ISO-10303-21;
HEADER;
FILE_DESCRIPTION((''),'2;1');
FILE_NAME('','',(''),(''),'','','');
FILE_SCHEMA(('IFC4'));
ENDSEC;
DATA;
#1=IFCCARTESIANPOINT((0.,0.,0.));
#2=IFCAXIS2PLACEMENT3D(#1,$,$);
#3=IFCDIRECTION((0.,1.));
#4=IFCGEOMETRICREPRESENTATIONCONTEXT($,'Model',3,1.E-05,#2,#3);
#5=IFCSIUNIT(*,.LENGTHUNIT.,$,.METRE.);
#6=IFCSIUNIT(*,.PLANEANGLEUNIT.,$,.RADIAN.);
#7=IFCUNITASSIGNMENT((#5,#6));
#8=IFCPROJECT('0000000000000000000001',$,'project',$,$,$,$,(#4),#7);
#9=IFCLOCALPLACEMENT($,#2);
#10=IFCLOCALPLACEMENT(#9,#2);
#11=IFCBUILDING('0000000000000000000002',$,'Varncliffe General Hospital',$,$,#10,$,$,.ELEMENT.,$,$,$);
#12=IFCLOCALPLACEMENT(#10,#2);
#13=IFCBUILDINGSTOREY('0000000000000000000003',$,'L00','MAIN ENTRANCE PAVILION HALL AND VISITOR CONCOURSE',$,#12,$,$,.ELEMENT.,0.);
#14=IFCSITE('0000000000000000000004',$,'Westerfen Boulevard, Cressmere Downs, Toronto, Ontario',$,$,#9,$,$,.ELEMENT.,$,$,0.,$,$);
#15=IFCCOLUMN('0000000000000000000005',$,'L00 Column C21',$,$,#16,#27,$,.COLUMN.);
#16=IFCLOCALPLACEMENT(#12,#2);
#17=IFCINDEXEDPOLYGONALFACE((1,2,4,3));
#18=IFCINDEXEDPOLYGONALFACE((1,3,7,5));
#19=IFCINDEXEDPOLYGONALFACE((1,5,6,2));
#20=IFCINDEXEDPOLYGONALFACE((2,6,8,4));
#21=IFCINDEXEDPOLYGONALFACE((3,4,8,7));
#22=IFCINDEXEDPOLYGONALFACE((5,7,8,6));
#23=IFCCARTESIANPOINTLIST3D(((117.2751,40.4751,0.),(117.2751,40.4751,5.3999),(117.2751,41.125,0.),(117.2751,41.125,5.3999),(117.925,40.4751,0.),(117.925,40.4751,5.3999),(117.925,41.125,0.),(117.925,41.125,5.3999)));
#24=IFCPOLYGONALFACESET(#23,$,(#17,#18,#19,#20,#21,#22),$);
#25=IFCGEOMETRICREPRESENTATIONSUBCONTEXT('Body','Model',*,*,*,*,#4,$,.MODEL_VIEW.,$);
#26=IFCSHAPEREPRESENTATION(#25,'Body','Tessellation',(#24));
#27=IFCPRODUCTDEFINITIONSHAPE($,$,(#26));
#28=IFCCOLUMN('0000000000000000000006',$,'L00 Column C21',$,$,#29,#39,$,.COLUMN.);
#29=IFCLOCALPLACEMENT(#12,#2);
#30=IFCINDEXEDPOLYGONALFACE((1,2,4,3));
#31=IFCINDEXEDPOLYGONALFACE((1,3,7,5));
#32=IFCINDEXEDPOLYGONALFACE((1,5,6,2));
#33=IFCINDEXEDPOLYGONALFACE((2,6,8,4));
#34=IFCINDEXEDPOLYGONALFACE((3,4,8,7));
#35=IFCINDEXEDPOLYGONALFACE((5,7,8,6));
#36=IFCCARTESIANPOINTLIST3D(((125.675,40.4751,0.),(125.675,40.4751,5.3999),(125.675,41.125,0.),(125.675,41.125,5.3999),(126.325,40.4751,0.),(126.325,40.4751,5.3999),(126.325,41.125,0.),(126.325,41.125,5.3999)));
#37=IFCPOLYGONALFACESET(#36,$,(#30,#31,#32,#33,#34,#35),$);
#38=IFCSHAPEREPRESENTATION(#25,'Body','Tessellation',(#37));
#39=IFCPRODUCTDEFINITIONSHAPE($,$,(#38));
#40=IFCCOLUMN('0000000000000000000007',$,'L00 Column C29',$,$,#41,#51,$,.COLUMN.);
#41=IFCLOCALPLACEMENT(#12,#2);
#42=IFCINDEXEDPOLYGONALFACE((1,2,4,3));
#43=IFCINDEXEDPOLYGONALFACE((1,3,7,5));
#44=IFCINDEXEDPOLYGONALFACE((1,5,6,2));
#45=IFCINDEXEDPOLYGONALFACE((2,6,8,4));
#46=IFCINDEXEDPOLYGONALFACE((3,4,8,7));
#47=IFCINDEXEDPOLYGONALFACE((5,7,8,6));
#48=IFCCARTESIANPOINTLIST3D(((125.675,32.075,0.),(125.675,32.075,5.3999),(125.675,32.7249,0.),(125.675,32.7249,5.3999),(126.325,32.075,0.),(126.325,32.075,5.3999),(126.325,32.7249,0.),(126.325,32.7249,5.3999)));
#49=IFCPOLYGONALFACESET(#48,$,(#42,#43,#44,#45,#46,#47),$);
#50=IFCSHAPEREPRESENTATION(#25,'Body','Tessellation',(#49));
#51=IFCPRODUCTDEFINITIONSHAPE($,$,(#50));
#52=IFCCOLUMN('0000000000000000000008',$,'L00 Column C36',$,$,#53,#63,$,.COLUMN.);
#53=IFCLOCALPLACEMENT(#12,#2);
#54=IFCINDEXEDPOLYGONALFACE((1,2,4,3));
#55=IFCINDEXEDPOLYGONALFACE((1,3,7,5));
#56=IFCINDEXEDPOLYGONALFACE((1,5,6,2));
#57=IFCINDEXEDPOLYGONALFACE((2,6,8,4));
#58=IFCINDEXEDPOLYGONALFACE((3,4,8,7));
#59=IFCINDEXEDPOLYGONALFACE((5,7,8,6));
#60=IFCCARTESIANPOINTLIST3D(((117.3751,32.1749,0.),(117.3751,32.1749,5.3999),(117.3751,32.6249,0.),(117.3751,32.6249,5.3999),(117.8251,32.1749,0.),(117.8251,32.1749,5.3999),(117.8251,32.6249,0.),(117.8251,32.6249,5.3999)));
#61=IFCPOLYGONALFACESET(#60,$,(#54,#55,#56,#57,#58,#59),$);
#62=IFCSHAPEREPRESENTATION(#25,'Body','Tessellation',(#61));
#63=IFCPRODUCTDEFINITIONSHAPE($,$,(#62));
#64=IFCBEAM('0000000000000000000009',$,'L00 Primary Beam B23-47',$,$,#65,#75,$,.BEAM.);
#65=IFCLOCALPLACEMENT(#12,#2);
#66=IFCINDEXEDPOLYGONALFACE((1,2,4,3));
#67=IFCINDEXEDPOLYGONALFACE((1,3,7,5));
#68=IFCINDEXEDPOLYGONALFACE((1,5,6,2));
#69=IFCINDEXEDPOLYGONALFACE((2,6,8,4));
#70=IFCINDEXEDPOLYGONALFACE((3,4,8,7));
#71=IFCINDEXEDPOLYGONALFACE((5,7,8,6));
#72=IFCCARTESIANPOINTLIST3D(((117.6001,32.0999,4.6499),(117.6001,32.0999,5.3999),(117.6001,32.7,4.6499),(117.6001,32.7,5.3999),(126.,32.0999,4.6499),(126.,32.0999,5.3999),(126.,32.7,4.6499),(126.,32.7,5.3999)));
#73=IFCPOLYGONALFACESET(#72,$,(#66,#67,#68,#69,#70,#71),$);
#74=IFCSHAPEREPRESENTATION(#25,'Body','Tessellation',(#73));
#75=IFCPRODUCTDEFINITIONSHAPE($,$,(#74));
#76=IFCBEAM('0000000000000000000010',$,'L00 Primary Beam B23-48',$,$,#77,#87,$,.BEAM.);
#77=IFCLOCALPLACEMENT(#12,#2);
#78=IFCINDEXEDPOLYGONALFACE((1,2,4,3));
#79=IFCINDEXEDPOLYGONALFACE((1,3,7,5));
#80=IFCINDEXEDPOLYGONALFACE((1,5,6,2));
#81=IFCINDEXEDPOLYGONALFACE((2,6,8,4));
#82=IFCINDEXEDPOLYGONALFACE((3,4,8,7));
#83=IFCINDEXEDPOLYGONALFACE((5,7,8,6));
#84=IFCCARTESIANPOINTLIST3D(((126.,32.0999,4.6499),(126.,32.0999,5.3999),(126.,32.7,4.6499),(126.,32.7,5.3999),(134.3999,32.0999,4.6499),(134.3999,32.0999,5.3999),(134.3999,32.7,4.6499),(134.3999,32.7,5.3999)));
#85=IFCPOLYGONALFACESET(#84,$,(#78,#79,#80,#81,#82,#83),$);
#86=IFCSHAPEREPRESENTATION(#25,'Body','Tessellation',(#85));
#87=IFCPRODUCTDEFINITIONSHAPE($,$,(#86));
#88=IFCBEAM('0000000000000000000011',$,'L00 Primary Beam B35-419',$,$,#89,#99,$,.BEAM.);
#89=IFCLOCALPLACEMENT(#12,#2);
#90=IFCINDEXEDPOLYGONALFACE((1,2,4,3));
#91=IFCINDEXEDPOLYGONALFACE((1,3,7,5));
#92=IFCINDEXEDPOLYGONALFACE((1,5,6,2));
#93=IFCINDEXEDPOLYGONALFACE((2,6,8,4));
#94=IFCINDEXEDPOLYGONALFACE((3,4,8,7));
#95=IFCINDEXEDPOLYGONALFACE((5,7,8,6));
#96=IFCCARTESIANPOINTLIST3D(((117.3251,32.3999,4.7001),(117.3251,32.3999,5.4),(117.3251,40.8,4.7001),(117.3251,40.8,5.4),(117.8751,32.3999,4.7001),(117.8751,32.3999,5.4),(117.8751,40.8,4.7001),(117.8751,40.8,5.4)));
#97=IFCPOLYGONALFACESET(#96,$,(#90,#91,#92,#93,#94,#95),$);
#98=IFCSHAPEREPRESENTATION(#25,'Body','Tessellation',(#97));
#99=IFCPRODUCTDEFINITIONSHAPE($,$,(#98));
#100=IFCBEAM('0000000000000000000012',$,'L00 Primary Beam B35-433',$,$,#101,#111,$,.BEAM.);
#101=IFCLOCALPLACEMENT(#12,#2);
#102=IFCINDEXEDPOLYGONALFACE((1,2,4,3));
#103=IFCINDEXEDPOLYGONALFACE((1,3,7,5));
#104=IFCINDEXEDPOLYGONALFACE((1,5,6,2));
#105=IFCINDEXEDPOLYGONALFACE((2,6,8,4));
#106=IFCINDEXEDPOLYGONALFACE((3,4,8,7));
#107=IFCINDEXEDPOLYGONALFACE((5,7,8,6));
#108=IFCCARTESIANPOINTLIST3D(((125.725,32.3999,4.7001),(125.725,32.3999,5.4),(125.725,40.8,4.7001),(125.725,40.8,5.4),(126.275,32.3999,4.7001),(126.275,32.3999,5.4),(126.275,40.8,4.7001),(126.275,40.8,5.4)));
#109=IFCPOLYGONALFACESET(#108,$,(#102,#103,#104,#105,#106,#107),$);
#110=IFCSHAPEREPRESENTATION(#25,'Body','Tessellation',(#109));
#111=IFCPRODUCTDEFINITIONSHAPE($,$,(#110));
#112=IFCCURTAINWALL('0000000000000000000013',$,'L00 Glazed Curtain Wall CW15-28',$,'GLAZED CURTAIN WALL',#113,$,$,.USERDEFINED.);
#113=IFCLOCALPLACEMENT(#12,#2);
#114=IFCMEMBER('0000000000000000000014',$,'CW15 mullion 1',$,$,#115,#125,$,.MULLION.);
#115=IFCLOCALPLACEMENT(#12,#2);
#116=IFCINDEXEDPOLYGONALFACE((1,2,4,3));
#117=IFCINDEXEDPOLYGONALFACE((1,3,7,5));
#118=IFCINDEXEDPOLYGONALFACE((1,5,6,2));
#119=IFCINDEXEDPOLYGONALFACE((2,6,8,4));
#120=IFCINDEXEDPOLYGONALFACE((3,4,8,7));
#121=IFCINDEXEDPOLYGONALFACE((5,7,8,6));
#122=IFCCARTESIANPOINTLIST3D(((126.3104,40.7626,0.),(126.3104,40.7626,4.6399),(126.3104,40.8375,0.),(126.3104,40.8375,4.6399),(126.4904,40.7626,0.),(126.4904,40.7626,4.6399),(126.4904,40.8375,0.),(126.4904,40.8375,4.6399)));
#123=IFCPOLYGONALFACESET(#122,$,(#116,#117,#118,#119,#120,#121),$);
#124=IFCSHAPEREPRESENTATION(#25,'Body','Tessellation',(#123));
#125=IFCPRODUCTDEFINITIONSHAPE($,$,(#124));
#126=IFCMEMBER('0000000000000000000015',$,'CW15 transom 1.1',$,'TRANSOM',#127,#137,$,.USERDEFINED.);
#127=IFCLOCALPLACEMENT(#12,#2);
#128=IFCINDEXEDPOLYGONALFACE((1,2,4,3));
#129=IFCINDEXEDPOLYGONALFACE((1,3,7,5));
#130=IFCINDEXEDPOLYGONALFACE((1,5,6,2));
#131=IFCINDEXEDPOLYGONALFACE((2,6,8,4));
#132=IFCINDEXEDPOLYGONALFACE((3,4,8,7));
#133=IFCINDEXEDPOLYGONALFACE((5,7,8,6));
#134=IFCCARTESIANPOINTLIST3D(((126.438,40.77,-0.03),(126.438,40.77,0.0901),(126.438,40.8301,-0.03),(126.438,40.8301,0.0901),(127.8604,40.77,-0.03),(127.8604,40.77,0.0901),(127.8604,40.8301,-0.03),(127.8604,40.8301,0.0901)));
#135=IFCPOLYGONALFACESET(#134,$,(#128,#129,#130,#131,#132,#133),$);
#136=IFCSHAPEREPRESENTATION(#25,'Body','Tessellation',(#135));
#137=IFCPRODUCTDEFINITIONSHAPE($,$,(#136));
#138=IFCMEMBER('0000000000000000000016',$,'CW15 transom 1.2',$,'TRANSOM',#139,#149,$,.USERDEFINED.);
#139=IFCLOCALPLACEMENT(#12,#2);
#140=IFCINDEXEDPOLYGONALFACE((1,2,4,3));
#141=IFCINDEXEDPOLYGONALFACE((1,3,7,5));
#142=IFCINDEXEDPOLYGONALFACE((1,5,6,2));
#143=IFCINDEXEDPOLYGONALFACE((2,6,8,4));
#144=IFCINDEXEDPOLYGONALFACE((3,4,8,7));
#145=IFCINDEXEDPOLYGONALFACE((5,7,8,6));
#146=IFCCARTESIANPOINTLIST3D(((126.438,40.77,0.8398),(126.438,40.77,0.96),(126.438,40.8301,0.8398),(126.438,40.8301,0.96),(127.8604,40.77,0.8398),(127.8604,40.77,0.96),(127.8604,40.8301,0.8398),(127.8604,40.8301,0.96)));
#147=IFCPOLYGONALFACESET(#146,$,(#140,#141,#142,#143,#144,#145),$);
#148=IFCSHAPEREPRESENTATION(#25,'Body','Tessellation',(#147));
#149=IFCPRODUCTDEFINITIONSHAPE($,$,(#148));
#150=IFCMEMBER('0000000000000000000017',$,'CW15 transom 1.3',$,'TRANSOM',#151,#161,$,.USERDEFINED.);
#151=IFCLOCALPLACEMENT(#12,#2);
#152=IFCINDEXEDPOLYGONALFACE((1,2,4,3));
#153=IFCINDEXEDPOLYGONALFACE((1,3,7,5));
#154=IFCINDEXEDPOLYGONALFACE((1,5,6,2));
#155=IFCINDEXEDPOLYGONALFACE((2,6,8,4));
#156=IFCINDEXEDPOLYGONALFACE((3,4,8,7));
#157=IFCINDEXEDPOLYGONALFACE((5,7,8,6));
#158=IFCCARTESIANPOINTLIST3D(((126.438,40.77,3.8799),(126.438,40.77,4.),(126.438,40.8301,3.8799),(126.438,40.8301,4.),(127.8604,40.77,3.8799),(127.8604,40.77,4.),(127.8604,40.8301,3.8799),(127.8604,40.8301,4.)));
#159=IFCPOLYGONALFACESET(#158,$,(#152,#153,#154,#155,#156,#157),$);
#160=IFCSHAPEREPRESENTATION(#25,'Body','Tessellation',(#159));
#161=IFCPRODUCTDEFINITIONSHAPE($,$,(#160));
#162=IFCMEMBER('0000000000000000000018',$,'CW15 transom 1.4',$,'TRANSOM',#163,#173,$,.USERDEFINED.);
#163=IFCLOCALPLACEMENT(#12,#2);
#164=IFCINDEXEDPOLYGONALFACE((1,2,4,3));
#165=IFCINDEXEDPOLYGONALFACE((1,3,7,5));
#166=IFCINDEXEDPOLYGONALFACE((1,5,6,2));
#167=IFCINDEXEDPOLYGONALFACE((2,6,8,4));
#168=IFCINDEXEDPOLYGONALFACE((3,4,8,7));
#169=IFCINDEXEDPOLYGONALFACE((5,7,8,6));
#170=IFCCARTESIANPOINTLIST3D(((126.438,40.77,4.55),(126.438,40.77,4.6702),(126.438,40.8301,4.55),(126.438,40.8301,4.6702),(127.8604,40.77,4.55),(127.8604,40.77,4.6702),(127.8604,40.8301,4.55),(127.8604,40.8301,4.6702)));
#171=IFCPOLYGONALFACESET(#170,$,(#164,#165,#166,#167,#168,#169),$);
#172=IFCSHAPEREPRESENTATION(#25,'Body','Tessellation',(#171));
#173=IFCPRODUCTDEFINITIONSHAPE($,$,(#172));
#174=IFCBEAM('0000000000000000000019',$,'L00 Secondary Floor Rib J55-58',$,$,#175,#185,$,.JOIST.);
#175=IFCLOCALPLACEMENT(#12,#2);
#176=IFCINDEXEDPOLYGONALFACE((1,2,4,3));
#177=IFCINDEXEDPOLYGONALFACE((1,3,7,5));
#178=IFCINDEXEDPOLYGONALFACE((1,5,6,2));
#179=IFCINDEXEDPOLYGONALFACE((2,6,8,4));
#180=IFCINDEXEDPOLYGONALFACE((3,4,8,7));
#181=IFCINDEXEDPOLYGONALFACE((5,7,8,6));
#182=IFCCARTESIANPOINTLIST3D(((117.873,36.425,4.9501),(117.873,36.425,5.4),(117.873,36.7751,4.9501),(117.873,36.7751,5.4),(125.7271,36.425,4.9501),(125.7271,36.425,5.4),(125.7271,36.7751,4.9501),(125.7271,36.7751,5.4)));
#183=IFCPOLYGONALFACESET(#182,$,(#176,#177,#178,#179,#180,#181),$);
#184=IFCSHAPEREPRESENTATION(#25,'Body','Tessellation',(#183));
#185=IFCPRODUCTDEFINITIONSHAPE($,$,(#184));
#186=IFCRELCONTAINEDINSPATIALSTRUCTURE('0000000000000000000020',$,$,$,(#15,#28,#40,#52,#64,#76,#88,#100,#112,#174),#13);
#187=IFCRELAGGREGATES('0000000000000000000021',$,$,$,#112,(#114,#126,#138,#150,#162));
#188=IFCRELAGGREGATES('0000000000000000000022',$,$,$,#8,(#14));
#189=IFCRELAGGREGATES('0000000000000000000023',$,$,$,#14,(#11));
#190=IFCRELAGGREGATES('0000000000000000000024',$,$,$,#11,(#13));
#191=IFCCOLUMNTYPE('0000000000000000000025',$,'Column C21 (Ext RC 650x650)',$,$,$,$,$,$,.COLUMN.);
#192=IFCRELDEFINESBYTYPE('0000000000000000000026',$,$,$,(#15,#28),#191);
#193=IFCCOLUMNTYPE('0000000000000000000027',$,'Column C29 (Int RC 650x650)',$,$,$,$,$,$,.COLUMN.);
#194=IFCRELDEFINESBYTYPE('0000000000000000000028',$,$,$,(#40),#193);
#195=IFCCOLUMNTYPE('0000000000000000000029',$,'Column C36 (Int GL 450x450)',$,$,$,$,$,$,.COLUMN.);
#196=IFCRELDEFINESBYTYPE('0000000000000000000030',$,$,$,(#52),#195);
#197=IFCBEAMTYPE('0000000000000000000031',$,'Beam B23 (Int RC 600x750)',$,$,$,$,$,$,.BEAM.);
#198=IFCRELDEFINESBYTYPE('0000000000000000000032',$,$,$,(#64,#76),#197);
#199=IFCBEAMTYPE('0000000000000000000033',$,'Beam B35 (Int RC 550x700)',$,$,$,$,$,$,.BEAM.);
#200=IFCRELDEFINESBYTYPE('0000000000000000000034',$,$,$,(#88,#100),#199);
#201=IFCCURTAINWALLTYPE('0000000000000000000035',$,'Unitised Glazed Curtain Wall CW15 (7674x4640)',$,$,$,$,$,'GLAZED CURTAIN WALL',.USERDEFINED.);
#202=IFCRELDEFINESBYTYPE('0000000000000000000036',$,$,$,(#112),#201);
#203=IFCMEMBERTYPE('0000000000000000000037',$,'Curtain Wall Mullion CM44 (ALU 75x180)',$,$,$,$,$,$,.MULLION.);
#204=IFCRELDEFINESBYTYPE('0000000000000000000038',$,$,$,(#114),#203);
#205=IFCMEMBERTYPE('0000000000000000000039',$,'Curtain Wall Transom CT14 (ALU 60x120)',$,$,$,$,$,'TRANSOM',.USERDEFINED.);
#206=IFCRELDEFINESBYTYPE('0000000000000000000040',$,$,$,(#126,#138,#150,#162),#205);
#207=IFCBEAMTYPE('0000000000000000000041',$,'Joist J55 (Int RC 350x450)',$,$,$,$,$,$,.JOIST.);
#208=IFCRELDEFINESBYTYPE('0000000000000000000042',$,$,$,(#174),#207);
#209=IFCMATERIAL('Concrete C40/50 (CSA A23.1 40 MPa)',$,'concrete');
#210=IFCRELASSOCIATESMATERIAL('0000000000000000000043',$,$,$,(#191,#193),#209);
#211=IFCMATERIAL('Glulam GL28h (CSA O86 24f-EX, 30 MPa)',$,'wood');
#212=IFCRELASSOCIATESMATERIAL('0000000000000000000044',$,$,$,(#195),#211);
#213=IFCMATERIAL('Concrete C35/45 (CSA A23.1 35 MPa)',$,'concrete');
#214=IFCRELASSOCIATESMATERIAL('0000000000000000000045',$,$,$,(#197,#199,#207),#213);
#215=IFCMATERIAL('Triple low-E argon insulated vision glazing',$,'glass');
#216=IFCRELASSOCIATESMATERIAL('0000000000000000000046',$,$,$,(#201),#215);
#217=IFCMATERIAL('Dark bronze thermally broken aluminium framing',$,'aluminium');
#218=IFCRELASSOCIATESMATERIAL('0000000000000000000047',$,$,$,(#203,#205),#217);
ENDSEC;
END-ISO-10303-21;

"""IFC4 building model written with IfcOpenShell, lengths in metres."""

from ifc_helpers import new_model, si_unit, direction, frame, origin, origin_2d, place, context, subcontext, project, spatial, rectangle, extrude, material, material_profile, profile_set, type_object, element, aggregate, save


model = new_model("IFC4")

# Units and contexts
model_context = context("Model", 3, precision=1e-05, world=origin(), true_north=direction((0.0, 1.0)))
body_context = subcontext(model_context, "Body", "Model", "MODEL_VIEW")
ifc_project = project(units=[si_unit("LENGTHUNIT", "METRE"), si_unit("PLANEANGLEUNIT", "RADIAN")], contexts=[model_context])

# Site, building, storey
site_placement = place(None, origin())
site = spatial("IfcSite", under=ifc_project, at=site_placement, Name="Westerfen Boulevard, Cressmere Downs, Toronto, Ontario", CompositionType="ELEMENT", RefElevation=0.0)
building_placement = place(site_placement, origin())
building = spatial("IfcBuilding", under=site, at=building_placement, Name="Varncliffe General Hospital", CompositionType="ELEMENT")
storey_placement = place(building_placement, origin())
storey = spatial("IfcBuildingStorey", under=building, at=storey_placement, Name="L00", Description="MAIN ENTRANCE PAVILION HALL AND VISITOR CONCOURSE", CompositionType="ELEMENT", Elevation=0.0)

# Columns
ifc_material_1 = material(Name="Concrete C40/50 (CSA A23.1 40 MPa)", Category="concrete")
ifc_material_profile_1 = material_profile(ifc_material_1, rectangle(XDim=0.6499, YDim=0.6499, at=origin_2d()), Name="RC 650x650")
ifc_profile_set_1 = profile_set([ifc_material_profile_1], Name="Concrete C40/50 (CSA A23.1 40 MPa)")
column_type_1 = type_object("IfcColumnType", Name="Column C21 (Ext RC 650x650)", PredefinedType="COLUMN", material=ifc_profile_set_1)
for number, where, z_axis, x_axis, name in (
    (1, (117.6001, 40.8, 0.0), (0.0, 0.0, 1.0), (1.0, 0.0, 0.0), "L00 Column C21"),
    (2, (126.0, 40.8, 0.0), (0.0, 0.0, 1.0), (1.0, 0.0, 0.0), "L00 Column C21"),
):
    element("IfcColumn", number, at=place(storey_placement, frame(where, z_axis=z_axis, x_axis=x_axis)), inside=storey, type_object=column_type_1, Name=name, PredefinedType="COLUMN", context=body_context, shape_type="SweptSolid", body=[
        extrude(rectangle(XDim=0.6499, YDim=0.6499, at=origin_2d()), origin(), (0.0, 0.0, 1.0), 5.3999),
    ])
ifc_material_profile_2 = material_profile(ifc_material_1, rectangle(XDim=0.6499, YDim=0.6499, at=origin_2d()), Name="RC 650x650")
ifc_profile_set_2 = profile_set([ifc_material_profile_2], Name="Concrete C40/50 (CSA A23.1 40 MPa)")
column_type_2 = type_object("IfcColumnType", Name="Column C29 (Int RC 650x650)", PredefinedType="COLUMN", material=ifc_profile_set_2)
column_1_placement = place(storey_placement, frame((126.0, 32.3999, 0.0), z_axis=(0.0, 0.0, 1.0), x_axis=(1.0, 0.0, 0.0)))
element("IfcColumn", 3, at=column_1_placement, inside=storey, type_object=column_type_2, Name="L00 Column C29", PredefinedType="COLUMN", context=body_context, shape_type="SweptSolid", body=[
    extrude(rectangle(XDim=0.6499, YDim=0.6499, at=origin_2d()), origin(), (0.0, 0.0, 1.0), 5.3999),
])
ifc_material_2 = material(Name="Glulam GL28h (CSA O86 24f-EX, 30 MPa)", Category="wood")
ifc_material_profile_3 = material_profile(ifc_material_2, rectangle(XDim=0.45, YDim=0.45, at=origin_2d()), Name="GL 450x450")
ifc_profile_set_3 = profile_set([ifc_material_profile_3], Name="Glulam GL28h (CSA O86 24f-EX, 30 MPa)")
column_type_3 = type_object("IfcColumnType", Name="Column C36 (Int GL 450x450)", PredefinedType="COLUMN", material=ifc_profile_set_3)
column_2_placement = place(storey_placement, frame((117.6001, 32.3999, 0.0), z_axis=(0.0, 0.0, 1.0), x_axis=(1.0, 0.0, 0.0)))
element("IfcColumn", 4, at=column_2_placement, inside=storey, type_object=column_type_3, Name="L00 Column C36", PredefinedType="COLUMN", context=body_context, shape_type="SweptSolid", body=[
    extrude(rectangle(XDim=0.45, YDim=0.45, at=origin_2d()), origin(), (0.0, 0.0, 1.0), 5.3999),
])

# Beams
ifc_material_3 = material(Name="Concrete C35/45 (CSA A23.1 35 MPa)", Category="concrete")
ifc_material_profile_4 = material_profile(ifc_material_3, rectangle(XDim=0.6001, YDim=0.75, at=origin_2d()), Name="RC 600x750")
ifc_profile_set_4 = profile_set([ifc_material_profile_4], Name="Concrete C35/45 (CSA A23.1 35 MPa)")
beam_type_1 = type_object("IfcBeamType", Name="Beam B23 (Int RC 600x750)", PredefinedType="BEAM", material=ifc_profile_set_4)
for number, where, z_axis, x_axis, name in (
    (5, (117.6001, 32.3999, 5.0249), (1.0, 0.0, 0.0), (0.0, 1.0, 0.0), "L00 Primary Beam B23-47"),
    (6, (126.0, 32.3999, 5.0249), (1.0, 0.0, 0.0), (0.0, 1.0, 0.0), "L00 Primary Beam B23-48"),
):
    element("IfcBeam", number, at=place(storey_placement, frame(where, z_axis=z_axis, x_axis=x_axis)), inside=storey, type_object=beam_type_1, Name=name, PredefinedType="BEAM", context=body_context, shape_type="SweptSolid", body=[
        extrude(rectangle(XDim=0.6001, YDim=0.75, at=origin_2d()), origin(), (0.0, 0.0, 1.0), 8.3999),
    ])
ifc_material_profile_5 = material_profile(ifc_material_3, rectangle(XDim=0.55, YDim=0.7, at=origin_2d()), Name="RC 550x700")
ifc_profile_set_5 = profile_set([ifc_material_profile_5], Name="Concrete C35/45 (CSA A23.1 35 MPa)")
beam_type_2 = type_object("IfcBeamType", Name="Beam B35 (Int RC 550x700)", PredefinedType="BEAM", material=ifc_profile_set_5)
for number, where, z_axis, x_axis, name in (
    (7, (117.6001, 32.3999, 5.05), (0.0, 1.0, 0.0), (-1.0, 0.0, 0.0), "L00 Primary Beam B35-419"),
    (8, (126.0, 32.3999, 5.05), (0.0, 1.0, 0.0), (-1.0, 0.0, 0.0), "L00 Primary Beam B35-433"),
):
    element("IfcBeam", number, at=place(storey_placement, frame(where, z_axis=z_axis, x_axis=x_axis)), inside=storey, type_object=beam_type_2, Name=name, PredefinedType="BEAM", context=body_context, shape_type="SweptSolid", body=[
        extrude(rectangle(XDim=0.55, YDim=0.7, at=origin_2d()), origin(), (0.0, 0.0, 1.0), 8.4001),
    ])

# Curtain wall, members
ifc_material_4 = material(Name="Triple low-E argon insulated vision glazing", Category="glass")
curtain_wall_type = type_object("IfcCurtainWallType", Name="Unitised Glazed Curtain Wall CW15 (7674x4640)", ElementType="GLAZED CURTAIN WALL", PredefinedType="USERDEFINED", material=ifc_material_4)
curtain_wall_placement = place(storey_placement, origin())
curtain_wall = element("IfcCurtainWall", 9, at=curtain_wall_placement, inside=storey, type_object=curtain_wall_type, Name="L00 Glazed Curtain Wall CW15-28", ObjectType="GLAZED CURTAIN WALL", PredefinedType="USERDEFINED")
ifc_material_5 = material(Name="Dark bronze thermally broken aluminium framing", Category="aluminium")
ifc_material_profile_6 = material_profile(ifc_material_5, rectangle(XDim=0.075, YDim=0.1799, at=origin_2d()), Name="ALU 75x180")
ifc_profile_set_6 = profile_set([ifc_material_profile_6], Name="Dark bronze thermally broken aluminium framing")
member_type_1 = type_object("IfcMemberType", Name="Curtain Wall Mullion CM44 (ALU 75x180)", PredefinedType="MULLION", material=ifc_profile_set_6)
member_1_placement = place(storey_placement, frame((126.4004, 40.8, 0.0), z_axis=(0.0, 0.0, 1.0), x_axis=(0.0, 1.0, 0.0)))
member_1 = element("IfcMember", 10, at=member_1_placement, type_object=member_type_1, Name="CW15 mullion 1", PredefinedType="MULLION", context=body_context, shape_type="SweptSolid", body=[
    extrude(rectangle(XDim=0.075, YDim=0.1799, at=origin_2d()), origin(), (0.0, 0.0, 1.0), 4.6399),
])
ifc_material_profile_7 = material_profile(ifc_material_5, rectangle(XDim=0.0601, YDim=0.1201, at=origin_2d()), Name="ALU 60x120")
ifc_profile_set_7 = profile_set([ifc_material_profile_7], Name="Dark bronze thermally broken aluminium framing")
member_type_2 = type_object("IfcMemberType", Name="Curtain Wall Transom CT14 (ALU 60x120)", ElementType="TRANSOM", PredefinedType="USERDEFINED", material=ifc_profile_set_7)
member_2_placement = place(storey_placement, frame((126.438, 40.8, 0.03), z_axis=(1.0, 0.0, 0.0), x_axis=(0.0, 1.0, 0.0)))
member_2 = element("IfcMember", 11, at=member_2_placement, type_object=member_type_2, Name="CW15 transom 1.1", ObjectType="TRANSOM", PredefinedType="USERDEFINED", context=body_context, shape_type="SweptSolid", body=[
    extrude(rectangle(XDim=0.0601, YDim=0.1201, at=origin_2d()), origin(), (0.0, 0.0, 1.0), 1.4224),
])
member_3_placement = place(storey_placement, frame((126.438, 40.8, 0.8999), z_axis=(1.0, 0.0, 0.0), x_axis=(0.0, 1.0, 0.0)))
member_3 = element("IfcMember", 12, at=member_3_placement, type_object=member_type_2, Name="CW15 transom 1.2", ObjectType="TRANSOM", PredefinedType="USERDEFINED", context=body_context, shape_type="SweptSolid", body=[
    extrude(rectangle(XDim=0.0601, YDim=0.1201, at=origin_2d()), origin(), (0.0, 0.0, 1.0), 1.4224),
])
member_4_placement = place(storey_placement, frame((126.438, 40.8, 3.9399), z_axis=(1.0, 0.0, 0.0), x_axis=(0.0, 1.0, 0.0)))
member_4 = element("IfcMember", 13, at=member_4_placement, type_object=member_type_2, Name="CW15 transom 1.3", ObjectType="TRANSOM", PredefinedType="USERDEFINED", context=body_context, shape_type="SweptSolid", body=[
    extrude(rectangle(XDim=0.0601, YDim=0.1201, at=origin_2d()), origin(), (0.0, 0.0, 1.0), 1.4224),
])
member_5_placement = place(storey_placement, frame((126.438, 40.8, 4.6101), z_axis=(1.0, 0.0, 0.0), x_axis=(0.0, 1.0, 0.0)))
member_5 = element("IfcMember", 14, at=member_5_placement, type_object=member_type_2, Name="CW15 transom 1.4", ObjectType="TRANSOM", PredefinedType="USERDEFINED", context=body_context, shape_type="SweptSolid", body=[
    extrude(rectangle(XDim=0.0601, YDim=0.1201, at=origin_2d()), origin(), (0.0, 0.0, 1.0), 1.4224),
])

# Beam
ifc_material_profile_8 = material_profile(ifc_material_3, rectangle(XDim=0.3501, YDim=0.45, at=origin_2d()), Name="RC 350x450")
ifc_profile_set_8 = profile_set([ifc_material_profile_8], Name="Concrete C35/45 (CSA A23.1 35 MPa)")
beam_type_3 = type_object("IfcBeamType", Name="Joist J55 (Int RC 350x450)", PredefinedType="JOIST", material=ifc_profile_set_8)
for number, where, z_axis, x_axis, name in (
    (15, (117.873, 36.6001, 5.175), (1.0, 0.0, 0.0), (0.0, 1.0, 0.0), "L00 Secondary Floor Rib J55-58"),
):
    element("IfcBeam", number, at=place(storey_placement, frame(where, z_axis=z_axis, x_axis=x_axis)), inside=storey, type_object=beam_type_3, Name=name, PredefinedType="JOIST", context=body_context, shape_type="SweptSolid", body=[
        extrude(rectangle(XDim=0.3501, YDim=0.45, at=origin_2d()), origin(), (0.0, 0.0, 1.0), 7.854),
    ])

aggregate(curtain_wall, [member_1, member_2, member_3, member_4, member_5])

save(model, "model.ifc")
